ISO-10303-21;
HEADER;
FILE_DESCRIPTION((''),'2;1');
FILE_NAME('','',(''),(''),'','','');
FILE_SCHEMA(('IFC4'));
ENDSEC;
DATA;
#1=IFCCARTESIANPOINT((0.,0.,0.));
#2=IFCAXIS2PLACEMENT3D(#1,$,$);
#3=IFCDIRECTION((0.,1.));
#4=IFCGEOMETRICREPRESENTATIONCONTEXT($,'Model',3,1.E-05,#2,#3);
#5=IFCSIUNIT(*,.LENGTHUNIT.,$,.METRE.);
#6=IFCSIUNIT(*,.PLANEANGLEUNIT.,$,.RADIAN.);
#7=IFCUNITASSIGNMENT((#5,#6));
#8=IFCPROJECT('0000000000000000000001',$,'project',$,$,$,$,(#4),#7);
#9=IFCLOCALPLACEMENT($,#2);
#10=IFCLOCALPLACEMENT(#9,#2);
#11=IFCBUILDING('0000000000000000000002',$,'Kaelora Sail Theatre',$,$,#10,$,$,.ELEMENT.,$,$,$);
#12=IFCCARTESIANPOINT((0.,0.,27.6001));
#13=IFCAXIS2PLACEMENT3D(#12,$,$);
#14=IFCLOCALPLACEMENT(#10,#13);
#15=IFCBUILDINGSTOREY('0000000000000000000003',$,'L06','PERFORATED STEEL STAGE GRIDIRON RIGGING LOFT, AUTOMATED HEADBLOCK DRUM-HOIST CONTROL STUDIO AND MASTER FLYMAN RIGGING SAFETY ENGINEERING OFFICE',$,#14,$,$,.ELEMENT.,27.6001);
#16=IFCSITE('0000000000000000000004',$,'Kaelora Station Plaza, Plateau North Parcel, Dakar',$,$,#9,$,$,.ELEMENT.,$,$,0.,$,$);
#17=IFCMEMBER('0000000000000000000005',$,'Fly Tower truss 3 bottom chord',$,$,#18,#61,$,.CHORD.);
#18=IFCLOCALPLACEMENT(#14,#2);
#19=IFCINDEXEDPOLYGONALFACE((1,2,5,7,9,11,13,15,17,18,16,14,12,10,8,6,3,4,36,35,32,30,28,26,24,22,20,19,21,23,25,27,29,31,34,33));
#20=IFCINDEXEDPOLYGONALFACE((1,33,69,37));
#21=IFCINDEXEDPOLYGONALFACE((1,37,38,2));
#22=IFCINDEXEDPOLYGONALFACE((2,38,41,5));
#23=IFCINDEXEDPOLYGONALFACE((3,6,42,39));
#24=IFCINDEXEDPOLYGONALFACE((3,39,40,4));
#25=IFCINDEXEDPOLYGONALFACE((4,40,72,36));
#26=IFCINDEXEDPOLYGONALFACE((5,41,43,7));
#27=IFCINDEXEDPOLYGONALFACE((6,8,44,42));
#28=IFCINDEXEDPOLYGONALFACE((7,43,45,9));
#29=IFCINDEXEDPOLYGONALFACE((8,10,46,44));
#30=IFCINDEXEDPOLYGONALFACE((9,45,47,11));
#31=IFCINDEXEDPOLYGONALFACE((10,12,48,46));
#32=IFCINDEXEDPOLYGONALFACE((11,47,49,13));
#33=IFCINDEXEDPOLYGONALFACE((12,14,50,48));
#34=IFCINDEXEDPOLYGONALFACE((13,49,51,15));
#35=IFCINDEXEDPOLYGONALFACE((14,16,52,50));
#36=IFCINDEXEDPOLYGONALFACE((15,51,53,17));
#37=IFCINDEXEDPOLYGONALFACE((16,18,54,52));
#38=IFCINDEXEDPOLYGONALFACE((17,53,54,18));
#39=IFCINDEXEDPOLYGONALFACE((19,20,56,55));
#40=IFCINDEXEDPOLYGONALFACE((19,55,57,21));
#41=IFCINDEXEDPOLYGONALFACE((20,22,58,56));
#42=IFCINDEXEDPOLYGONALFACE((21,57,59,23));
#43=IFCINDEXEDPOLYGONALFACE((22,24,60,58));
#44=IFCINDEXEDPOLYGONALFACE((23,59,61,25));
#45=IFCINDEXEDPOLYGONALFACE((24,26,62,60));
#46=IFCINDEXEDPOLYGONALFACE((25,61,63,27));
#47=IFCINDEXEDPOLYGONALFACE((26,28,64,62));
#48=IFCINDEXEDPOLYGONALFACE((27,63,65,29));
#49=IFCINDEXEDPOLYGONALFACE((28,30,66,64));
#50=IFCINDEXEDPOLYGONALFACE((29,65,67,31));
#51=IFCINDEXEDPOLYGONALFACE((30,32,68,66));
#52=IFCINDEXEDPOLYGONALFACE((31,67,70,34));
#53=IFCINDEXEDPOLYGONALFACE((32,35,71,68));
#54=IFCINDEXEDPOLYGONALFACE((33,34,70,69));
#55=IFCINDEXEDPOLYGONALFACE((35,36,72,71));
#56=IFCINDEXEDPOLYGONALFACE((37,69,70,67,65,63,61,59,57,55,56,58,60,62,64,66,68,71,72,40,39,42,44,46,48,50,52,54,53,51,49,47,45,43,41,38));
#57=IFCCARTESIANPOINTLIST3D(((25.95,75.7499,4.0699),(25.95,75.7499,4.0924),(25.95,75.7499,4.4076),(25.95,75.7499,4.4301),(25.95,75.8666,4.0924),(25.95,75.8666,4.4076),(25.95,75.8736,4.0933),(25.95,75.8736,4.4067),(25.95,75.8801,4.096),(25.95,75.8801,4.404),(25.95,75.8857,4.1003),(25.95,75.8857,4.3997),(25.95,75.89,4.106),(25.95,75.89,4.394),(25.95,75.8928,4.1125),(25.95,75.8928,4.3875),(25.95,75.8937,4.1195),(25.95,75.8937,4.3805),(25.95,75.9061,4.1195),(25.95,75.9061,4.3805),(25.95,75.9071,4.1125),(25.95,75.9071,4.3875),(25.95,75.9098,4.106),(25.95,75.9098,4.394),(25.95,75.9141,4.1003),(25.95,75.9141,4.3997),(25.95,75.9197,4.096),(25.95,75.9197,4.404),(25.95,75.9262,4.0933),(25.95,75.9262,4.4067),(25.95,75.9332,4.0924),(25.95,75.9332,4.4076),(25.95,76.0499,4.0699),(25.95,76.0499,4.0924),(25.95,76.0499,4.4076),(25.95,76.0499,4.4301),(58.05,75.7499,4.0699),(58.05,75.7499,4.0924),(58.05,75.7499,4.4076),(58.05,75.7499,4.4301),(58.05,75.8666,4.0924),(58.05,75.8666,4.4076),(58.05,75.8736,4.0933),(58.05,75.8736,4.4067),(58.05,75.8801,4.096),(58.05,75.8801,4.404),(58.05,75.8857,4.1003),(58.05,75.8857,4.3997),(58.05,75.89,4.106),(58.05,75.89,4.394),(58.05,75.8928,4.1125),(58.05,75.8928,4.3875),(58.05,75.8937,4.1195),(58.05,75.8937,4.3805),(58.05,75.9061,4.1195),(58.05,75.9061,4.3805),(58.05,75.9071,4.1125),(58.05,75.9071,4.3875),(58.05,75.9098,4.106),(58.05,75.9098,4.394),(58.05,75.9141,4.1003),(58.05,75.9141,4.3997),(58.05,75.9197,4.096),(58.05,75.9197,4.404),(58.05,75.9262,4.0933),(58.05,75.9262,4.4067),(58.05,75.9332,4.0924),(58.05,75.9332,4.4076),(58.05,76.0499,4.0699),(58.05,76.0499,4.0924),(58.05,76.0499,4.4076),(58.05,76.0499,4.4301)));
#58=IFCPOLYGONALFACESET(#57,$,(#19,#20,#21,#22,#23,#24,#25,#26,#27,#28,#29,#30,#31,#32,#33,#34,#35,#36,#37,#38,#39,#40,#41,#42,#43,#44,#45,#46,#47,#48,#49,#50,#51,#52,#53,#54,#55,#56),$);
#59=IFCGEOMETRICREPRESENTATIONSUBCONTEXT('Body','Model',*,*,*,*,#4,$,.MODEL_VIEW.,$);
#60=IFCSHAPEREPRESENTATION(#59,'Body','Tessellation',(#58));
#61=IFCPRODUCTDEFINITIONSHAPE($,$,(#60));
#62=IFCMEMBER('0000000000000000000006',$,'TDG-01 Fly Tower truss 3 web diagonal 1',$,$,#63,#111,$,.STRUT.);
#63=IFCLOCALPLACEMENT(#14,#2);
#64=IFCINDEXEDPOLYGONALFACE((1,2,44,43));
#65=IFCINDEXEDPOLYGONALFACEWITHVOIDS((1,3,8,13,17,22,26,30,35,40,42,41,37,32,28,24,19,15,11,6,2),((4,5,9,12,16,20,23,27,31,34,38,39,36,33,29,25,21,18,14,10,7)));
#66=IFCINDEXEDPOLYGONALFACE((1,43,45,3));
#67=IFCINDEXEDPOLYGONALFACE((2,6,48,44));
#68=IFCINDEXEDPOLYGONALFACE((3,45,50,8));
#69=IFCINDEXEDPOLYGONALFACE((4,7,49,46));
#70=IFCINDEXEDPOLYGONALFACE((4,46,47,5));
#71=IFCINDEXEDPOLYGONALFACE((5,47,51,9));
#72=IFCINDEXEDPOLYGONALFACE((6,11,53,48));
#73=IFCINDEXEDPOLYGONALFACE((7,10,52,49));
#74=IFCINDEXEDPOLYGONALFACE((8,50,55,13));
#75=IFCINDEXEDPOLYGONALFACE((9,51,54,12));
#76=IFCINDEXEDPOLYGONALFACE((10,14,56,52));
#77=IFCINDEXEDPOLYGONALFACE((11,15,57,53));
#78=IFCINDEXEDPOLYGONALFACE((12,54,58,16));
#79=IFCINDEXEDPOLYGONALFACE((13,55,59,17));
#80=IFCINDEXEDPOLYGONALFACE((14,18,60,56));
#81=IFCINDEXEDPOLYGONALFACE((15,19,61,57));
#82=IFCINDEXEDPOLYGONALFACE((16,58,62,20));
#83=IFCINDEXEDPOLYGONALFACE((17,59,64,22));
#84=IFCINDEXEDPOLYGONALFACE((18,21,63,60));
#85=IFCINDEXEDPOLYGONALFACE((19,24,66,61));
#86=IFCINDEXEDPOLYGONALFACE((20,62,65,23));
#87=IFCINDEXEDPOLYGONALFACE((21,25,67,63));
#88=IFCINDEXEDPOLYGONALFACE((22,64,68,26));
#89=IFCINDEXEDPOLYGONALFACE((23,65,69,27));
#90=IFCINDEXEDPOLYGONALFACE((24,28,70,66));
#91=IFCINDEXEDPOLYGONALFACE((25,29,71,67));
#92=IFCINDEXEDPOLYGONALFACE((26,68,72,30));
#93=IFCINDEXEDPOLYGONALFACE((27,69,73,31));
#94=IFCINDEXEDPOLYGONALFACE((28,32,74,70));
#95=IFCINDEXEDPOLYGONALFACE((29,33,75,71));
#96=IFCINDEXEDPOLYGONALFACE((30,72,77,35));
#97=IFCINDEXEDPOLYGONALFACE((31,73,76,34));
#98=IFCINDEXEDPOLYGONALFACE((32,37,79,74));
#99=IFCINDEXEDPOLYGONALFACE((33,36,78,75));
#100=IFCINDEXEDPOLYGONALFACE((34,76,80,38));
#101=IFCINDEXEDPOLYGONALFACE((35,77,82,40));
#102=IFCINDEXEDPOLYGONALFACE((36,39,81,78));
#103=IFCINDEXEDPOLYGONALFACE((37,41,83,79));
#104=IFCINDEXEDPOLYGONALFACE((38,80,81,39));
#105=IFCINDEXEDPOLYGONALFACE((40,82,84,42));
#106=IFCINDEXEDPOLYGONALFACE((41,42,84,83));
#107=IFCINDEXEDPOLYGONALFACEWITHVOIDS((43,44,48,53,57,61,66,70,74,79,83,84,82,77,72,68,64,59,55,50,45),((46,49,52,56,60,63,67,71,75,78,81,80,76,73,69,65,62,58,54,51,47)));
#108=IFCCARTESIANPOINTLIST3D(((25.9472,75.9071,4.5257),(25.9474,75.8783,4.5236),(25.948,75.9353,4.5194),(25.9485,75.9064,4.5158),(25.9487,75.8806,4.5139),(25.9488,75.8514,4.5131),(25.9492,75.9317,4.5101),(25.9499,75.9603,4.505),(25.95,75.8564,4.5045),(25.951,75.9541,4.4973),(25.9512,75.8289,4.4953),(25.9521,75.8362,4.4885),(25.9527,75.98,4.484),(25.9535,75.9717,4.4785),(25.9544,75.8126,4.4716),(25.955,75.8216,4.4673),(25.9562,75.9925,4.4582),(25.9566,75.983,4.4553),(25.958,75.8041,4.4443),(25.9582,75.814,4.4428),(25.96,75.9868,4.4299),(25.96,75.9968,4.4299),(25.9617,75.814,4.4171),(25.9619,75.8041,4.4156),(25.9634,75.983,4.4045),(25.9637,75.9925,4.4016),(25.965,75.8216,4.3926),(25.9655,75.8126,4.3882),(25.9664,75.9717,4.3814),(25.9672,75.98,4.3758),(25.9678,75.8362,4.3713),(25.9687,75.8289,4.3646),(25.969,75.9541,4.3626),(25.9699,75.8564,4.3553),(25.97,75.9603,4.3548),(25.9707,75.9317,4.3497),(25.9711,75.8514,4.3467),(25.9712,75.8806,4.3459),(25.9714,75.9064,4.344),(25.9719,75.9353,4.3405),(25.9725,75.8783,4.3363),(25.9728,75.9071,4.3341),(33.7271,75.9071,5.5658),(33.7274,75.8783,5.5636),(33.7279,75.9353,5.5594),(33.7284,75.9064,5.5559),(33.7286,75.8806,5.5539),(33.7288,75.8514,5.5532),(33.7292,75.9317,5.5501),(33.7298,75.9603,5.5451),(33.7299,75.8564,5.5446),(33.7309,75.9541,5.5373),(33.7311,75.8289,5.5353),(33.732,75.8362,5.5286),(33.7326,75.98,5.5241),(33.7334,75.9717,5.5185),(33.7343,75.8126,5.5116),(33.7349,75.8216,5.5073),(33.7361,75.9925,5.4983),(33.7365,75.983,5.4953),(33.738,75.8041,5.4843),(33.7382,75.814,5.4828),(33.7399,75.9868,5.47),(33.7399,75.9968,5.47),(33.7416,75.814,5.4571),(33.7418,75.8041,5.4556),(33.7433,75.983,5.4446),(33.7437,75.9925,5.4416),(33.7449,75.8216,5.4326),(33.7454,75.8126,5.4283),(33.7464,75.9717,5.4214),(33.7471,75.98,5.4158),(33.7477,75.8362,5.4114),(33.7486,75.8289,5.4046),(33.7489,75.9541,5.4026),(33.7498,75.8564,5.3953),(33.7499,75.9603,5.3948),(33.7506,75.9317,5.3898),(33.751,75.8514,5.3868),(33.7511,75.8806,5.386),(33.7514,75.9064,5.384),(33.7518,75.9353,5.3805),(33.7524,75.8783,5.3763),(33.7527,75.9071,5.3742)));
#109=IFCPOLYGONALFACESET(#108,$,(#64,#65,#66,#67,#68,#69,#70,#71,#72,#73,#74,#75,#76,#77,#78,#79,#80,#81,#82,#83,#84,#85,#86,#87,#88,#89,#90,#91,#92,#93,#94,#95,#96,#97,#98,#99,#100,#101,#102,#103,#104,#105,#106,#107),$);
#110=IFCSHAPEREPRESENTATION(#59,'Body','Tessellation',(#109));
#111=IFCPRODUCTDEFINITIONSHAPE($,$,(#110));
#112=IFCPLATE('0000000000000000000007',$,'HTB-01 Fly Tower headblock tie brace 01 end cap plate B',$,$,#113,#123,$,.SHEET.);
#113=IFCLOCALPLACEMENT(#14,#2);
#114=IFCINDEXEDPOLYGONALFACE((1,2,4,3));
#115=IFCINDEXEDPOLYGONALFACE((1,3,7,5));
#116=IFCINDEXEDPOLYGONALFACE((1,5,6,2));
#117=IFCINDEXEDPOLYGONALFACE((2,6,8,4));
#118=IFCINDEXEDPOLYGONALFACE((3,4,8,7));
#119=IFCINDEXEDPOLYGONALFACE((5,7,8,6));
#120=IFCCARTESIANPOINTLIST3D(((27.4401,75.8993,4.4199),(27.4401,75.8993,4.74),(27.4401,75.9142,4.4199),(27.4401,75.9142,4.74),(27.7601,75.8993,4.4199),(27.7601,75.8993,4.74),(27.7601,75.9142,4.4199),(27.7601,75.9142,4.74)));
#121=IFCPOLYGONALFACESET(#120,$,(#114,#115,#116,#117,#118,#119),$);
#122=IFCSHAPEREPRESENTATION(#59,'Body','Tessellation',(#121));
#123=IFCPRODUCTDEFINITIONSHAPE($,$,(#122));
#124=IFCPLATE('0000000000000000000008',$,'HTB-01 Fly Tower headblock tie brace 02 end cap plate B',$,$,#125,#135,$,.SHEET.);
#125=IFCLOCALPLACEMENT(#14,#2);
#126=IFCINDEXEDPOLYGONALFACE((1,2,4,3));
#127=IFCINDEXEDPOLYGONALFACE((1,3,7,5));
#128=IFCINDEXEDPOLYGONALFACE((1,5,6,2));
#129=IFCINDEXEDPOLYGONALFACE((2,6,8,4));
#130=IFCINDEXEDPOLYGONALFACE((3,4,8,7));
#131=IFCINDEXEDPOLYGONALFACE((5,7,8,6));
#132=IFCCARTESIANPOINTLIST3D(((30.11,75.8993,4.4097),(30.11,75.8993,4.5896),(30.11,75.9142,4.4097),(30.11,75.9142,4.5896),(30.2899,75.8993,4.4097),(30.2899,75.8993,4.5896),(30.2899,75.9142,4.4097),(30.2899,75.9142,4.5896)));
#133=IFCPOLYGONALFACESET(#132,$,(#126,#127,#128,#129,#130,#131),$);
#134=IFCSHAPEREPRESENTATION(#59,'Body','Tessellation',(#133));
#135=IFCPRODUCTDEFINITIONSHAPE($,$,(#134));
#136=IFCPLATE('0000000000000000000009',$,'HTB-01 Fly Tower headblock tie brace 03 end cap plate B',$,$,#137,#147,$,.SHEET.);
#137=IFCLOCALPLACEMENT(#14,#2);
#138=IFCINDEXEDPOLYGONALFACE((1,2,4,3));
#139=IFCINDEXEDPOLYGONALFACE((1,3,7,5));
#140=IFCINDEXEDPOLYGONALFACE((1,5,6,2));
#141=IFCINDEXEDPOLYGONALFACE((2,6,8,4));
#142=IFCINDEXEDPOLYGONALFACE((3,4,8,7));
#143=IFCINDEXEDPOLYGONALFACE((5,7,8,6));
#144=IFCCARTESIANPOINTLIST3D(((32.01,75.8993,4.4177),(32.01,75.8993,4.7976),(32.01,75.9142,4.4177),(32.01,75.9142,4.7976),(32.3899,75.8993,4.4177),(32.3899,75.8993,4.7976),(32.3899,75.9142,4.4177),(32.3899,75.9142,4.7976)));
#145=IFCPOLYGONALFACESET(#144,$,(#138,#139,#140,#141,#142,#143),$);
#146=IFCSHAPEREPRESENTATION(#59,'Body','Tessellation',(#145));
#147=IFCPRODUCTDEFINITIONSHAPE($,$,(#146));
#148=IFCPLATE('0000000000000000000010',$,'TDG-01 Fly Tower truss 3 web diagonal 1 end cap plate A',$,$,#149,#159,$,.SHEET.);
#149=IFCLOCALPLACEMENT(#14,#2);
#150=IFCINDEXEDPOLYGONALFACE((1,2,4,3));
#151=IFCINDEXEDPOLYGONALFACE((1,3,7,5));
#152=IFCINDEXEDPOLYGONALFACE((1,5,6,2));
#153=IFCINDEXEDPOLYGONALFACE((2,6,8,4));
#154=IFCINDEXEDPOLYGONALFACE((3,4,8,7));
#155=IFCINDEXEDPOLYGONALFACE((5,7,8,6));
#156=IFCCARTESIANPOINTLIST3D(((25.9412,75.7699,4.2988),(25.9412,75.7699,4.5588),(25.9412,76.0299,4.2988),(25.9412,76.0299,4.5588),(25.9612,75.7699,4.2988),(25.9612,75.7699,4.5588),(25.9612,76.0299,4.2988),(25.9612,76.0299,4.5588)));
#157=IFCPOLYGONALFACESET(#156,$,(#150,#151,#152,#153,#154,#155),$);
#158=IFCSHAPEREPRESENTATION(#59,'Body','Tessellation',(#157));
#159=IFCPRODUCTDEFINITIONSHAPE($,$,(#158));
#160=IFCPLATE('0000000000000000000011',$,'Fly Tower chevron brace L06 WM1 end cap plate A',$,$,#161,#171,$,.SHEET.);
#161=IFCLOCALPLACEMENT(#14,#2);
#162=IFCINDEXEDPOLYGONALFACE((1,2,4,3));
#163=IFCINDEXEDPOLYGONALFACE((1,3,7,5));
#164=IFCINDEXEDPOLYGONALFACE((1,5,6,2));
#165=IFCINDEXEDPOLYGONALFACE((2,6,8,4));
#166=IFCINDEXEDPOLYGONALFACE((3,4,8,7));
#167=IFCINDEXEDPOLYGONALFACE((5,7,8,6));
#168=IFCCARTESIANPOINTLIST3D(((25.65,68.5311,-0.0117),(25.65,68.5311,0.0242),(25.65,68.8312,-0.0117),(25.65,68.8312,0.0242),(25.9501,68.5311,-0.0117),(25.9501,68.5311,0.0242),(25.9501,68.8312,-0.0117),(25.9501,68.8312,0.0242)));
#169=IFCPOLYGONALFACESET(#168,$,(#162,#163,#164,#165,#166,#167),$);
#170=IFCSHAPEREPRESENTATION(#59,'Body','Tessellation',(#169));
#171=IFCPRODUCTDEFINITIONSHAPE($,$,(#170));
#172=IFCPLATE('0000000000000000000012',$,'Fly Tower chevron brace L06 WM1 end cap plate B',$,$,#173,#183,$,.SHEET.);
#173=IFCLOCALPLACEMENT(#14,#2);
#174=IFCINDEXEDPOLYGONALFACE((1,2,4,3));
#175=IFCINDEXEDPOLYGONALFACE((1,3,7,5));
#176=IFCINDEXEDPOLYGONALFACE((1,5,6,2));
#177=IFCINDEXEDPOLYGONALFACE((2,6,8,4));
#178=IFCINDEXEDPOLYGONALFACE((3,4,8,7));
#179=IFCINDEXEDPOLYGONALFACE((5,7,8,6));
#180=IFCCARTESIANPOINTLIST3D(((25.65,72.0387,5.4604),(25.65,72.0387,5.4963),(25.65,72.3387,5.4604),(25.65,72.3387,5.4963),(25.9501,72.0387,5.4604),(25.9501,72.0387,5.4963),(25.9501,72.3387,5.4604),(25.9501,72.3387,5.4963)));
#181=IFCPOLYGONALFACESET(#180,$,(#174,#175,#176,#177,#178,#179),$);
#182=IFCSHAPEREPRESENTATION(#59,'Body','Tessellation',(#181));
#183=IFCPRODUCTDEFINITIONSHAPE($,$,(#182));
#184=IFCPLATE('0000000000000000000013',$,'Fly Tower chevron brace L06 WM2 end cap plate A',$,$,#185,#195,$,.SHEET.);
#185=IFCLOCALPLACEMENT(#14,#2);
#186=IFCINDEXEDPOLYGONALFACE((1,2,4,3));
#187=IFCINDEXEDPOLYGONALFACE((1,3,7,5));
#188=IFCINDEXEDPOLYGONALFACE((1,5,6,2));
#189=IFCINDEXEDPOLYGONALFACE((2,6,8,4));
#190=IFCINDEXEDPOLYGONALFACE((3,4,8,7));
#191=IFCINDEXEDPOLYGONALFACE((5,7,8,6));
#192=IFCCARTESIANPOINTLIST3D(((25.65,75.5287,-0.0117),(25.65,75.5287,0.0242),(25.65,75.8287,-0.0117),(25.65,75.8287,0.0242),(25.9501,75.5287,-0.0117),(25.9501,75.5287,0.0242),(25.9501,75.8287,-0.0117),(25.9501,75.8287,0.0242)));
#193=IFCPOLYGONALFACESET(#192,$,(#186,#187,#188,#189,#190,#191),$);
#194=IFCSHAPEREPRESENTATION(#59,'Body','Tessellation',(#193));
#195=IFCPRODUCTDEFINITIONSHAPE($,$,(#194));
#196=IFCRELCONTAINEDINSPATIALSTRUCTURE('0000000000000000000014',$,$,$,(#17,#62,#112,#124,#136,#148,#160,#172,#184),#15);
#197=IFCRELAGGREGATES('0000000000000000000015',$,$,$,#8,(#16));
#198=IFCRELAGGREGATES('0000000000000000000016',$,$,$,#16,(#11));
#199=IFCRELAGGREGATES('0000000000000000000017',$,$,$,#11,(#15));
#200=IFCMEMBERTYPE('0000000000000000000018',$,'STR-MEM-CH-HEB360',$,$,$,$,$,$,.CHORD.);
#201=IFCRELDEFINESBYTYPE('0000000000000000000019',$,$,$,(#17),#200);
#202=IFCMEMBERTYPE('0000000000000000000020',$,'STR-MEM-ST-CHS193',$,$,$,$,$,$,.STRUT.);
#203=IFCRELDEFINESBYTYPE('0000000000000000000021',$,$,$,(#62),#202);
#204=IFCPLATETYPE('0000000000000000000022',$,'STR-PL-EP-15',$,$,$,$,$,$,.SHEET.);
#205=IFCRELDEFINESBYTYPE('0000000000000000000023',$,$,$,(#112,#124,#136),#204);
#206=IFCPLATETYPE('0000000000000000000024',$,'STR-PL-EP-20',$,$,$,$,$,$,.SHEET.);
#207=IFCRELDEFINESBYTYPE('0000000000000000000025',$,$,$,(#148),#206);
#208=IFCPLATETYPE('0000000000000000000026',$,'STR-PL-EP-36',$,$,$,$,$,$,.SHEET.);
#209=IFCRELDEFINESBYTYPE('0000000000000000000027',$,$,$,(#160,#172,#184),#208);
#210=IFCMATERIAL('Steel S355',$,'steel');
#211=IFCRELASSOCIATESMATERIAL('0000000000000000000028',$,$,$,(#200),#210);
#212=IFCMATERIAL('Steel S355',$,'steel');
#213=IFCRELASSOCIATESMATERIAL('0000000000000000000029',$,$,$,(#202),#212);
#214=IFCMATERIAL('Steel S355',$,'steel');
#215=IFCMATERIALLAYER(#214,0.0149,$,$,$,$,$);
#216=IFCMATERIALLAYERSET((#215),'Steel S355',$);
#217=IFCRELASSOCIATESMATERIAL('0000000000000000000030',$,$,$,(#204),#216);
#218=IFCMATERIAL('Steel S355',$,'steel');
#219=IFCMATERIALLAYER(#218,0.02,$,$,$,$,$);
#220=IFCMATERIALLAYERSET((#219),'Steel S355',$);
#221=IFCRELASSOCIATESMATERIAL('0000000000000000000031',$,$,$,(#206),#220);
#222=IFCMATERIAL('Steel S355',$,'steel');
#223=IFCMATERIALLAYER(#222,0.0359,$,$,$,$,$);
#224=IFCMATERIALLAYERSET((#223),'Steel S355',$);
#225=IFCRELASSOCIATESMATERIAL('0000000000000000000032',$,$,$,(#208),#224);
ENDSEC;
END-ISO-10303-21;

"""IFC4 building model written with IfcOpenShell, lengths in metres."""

from ifc_helpers import new_model, si_unit, direction, frame, origin, origin_2d, place, context, subcontext, project, spatial, rectangle, hollow_circle, i_section, extrude, material, layer, layer_set, material_profile, profile_set, type_object, element, save


model = new_model("IFC4")

# Units and contexts
model_context = context("Model", 3, precision=1e-05, world=origin(), true_north=direction((0.0, 1.0)))
body_context = subcontext(model_context, "Body", "Model", "MODEL_VIEW")
ifc_project = project(units=[si_unit("LENGTHUNIT", "METRE"), si_unit("PLANEANGLEUNIT", "RADIAN")], contexts=[model_context])

# Site, building, storey
site_placement = place(None, origin())
site = spatial("IfcSite", under=ifc_project, at=site_placement, Name="Kaelora Station Plaza, Plateau North Parcel, Dakar", CompositionType="ELEMENT", RefElevation=0.0)
building_placement = place(site_placement, origin())
building = spatial("IfcBuilding", under=site, at=building_placement, Name="Kaelora Sail Theatre", CompositionType="ELEMENT")
storey_placement = place(building_placement, frame((0.0, 0.0, 27.6001)))
storey = spatial("IfcBuildingStorey", under=building, at=storey_placement, Name="L06", Description="PERFORATED STEEL STAGE GRIDIRON RIGGING LOFT, AUTOMATED HEADBLOCK DRUM-HOIST CONTROL STUDIO AND MASTER FLYMAN RIGGING SAFETY ENGINEERING OFFICE", CompositionType="ELEMENT", Elevation=27.6001)

# Members
ifc_material_1 = material(Name="Steel S355", Category="steel")
ifc_material_profile_1 = material_profile(ifc_material_1, i_section(OverallWidth=0.3, OverallDepth=0.3601, WebThickness=0.0125, FlangeThickness=0.0225, FilletRadius=0.0271, at=origin_2d()), Name="HEB 360")
ifc_profile_set_1 = profile_set([ifc_material_profile_1], Name="Steel S355")
member_type_1 = type_object("IfcMemberType", Name="STR-MEM-CH-HEB360", PredefinedType="CHORD", material=ifc_profile_set_1)
member_1_placement = place(storey_placement, frame((25.95, 75.8999, 4.25), z_axis=(1.0, 0.0, 0.0), x_axis=(0.0, 1.0, 0.0)))
element("IfcMember", 1, at=member_1_placement, inside=storey, type_object=member_type_1, Name="Fly Tower truss 3 bottom chord", PredefinedType="CHORD", context=body_context, shape_type="SweptSolid", body=[
    extrude(i_section(OverallWidth=0.3, OverallDepth=0.3601, WebThickness=0.0125, FlangeThickness=0.0225, FilletRadius=0.0271, at=origin_2d()), origin(), (0.0, 0.0, 1.0), 32.1001),
])
ifc_material_2 = material(Name="Steel S355", Category="steel")
ifc_material_profile_2 = material_profile(ifc_material_2, hollow_circle(Radius=0.0969, WallThickness=0.01, at=origin_2d()), Name="CHS 193.7x10.0")
ifc_profile_set_2 = profile_set([ifc_material_profile_2], Name="Steel S355")
member_type_2 = type_object("IfcMemberType", Name="STR-MEM-ST-CHS193", PredefinedType="STRUT", material=ifc_profile_set_2)
member_2_placement = place(storey_placement, frame((25.96, 75.8999, 4.4299), z_axis=(0.991183, 0.0, 0.132502), x_axis=(0.0, 1.0, 0.0)))
element("IfcMember", 2, at=member_2_placement, inside=storey, type_object=member_type_2, Name="TDG-01 Fly Tower truss 3 web diagonal 1", PredefinedType="STRUT", context=body_context, shape_type="SweptSolid", body=[
    extrude(hollow_circle(Radius=0.0969, WallThickness=0.01, at=origin_2d()), origin(), (0.0, 0.0, 1.0), 7.8491),
])

# Plates
ifc_material_3 = material(Name="Steel S355", Category="steel")
ifc_layer_1 = layer(ifc_material_3, 0.0149)
ifc_layer_set_1 = layer_set([ifc_layer_1], Name="Steel S355")
plate_type_1 = type_object("IfcPlateType", Name="STR-PL-EP-15", PredefinedType="SHEET", material=ifc_layer_set_1)
plate_1_placement = place(storey_placement, frame((27.6001, 75.9067, 4.4199), z_axis=(0.0, 0.0, 1.0), x_axis=(0.0, 1.0, 0.0)))
element("IfcPlate", 3, at=plate_1_placement, inside=storey, type_object=plate_type_1, Name="HTB-01 Fly Tower headblock tie brace 01 end cap plate B", PredefinedType="SHEET", context=body_context, shape_type="SweptSolid", body=[
    extrude(rectangle(XDim=0.0149, YDim=0.3201, at=origin_2d()), origin(), (0.0, 0.0, 1.0), 0.3201),
])
plate_2_placement = place(storey_placement, frame((30.2, 75.9067, 4.4097), z_axis=(0.0, 0.0, 1.0), x_axis=(0.0, 1.0, 0.0)))
element("IfcPlate", 4, at=plate_2_placement, inside=storey, type_object=plate_type_1, Name="HTB-01 Fly Tower headblock tie brace 02 end cap plate B", PredefinedType="SHEET", context=body_context, shape_type="SweptSolid", body=[
    extrude(rectangle(XDim=0.0149, YDim=0.1799, at=origin_2d()), origin(), (0.0, 0.0, 1.0), 0.1799),
])
plate_3_placement = place(storey_placement, frame((32.2, 75.9067, 4.4177), z_axis=(0.0, 0.0, 1.0), x_axis=(0.0, 1.0, 0.0)))
element("IfcPlate", 5, at=plate_3_placement, inside=storey, type_object=plate_type_1, Name="HTB-01 Fly Tower headblock tie brace 03 end cap plate B", PredefinedType="SHEET", context=body_context, shape_type="SweptSolid", body=[
    extrude(rectangle(XDim=0.0149, YDim=0.3799, at=origin_2d()), origin(), (0.0, 0.0, 1.0), 0.3799),
])
ifc_material_4 = material(Name="Steel S355", Category="steel")
ifc_layer_2 = layer(ifc_material_4, 0.02)
ifc_layer_set_2 = layer_set([ifc_layer_2], Name="Steel S355")
plate_type_2 = type_object("IfcPlateType", Name="STR-PL-EP-20", PredefinedType="SHEET", material=ifc_layer_set_2)
plate_4_placement = place(storey_placement, frame((25.9512, 75.8999, 4.2988), z_axis=(0.0, 0.0, 1.0), x_axis=(1.0, 0.0, 0.0)))
element("IfcPlate", 6, at=plate_4_placement, inside=storey, type_object=plate_type_2, Name="TDG-01 Fly Tower truss 3 web diagonal 1 end cap plate A", PredefinedType="SHEET", context=body_context, shape_type="SweptSolid", body=[
    extrude(rectangle(XDim=0.02, YDim=0.26, at=origin_2d()), origin(), (0.0, 0.0, 1.0), 0.26),
])
ifc_material_5 = material(Name="Steel S355", Category="steel")
ifc_layer_3 = layer(ifc_material_5, 0.0359)
ifc_layer_set_3 = layer_set([ifc_layer_3], Name="Steel S355")
plate_type_3 = type_object("IfcPlateType", Name="STR-PL-EP-36", PredefinedType="SHEET", material=ifc_layer_set_3)
for number, where, z_axis, x_axis, name in (
    (7, (25.8, 68.6812, -0.0117), (0.0, 0.0, 1.0), (1.0, 0.0, 0.0), "Fly Tower chevron brace L06 WM1 end cap plate A"),
    (8, (25.8, 72.1887, 5.4604), (0.0, 0.0, 1.0), (1.0, 0.0, 0.0), "Fly Tower chevron brace L06 WM1 end cap plate B"),
    (9, (25.8, 75.6787, -0.0117), (0.0, 0.0, 1.0), (1.0, 0.0, 0.0), "Fly Tower chevron brace L06 WM2 end cap plate A"),
):
    element("IfcPlate", number, at=place(storey_placement, frame(where, z_axis=z_axis, x_axis=x_axis)), inside=storey, type_object=plate_type_3, Name=name, PredefinedType="SHEET", context=body_context, shape_type="SweptSolid", body=[
        extrude(rectangle(XDim=0.3, YDim=0.3, at=origin_2d()), origin(), (0.0, 0.0, 1.0), 0.0359),
    ])

save(model, "model.ifc")
